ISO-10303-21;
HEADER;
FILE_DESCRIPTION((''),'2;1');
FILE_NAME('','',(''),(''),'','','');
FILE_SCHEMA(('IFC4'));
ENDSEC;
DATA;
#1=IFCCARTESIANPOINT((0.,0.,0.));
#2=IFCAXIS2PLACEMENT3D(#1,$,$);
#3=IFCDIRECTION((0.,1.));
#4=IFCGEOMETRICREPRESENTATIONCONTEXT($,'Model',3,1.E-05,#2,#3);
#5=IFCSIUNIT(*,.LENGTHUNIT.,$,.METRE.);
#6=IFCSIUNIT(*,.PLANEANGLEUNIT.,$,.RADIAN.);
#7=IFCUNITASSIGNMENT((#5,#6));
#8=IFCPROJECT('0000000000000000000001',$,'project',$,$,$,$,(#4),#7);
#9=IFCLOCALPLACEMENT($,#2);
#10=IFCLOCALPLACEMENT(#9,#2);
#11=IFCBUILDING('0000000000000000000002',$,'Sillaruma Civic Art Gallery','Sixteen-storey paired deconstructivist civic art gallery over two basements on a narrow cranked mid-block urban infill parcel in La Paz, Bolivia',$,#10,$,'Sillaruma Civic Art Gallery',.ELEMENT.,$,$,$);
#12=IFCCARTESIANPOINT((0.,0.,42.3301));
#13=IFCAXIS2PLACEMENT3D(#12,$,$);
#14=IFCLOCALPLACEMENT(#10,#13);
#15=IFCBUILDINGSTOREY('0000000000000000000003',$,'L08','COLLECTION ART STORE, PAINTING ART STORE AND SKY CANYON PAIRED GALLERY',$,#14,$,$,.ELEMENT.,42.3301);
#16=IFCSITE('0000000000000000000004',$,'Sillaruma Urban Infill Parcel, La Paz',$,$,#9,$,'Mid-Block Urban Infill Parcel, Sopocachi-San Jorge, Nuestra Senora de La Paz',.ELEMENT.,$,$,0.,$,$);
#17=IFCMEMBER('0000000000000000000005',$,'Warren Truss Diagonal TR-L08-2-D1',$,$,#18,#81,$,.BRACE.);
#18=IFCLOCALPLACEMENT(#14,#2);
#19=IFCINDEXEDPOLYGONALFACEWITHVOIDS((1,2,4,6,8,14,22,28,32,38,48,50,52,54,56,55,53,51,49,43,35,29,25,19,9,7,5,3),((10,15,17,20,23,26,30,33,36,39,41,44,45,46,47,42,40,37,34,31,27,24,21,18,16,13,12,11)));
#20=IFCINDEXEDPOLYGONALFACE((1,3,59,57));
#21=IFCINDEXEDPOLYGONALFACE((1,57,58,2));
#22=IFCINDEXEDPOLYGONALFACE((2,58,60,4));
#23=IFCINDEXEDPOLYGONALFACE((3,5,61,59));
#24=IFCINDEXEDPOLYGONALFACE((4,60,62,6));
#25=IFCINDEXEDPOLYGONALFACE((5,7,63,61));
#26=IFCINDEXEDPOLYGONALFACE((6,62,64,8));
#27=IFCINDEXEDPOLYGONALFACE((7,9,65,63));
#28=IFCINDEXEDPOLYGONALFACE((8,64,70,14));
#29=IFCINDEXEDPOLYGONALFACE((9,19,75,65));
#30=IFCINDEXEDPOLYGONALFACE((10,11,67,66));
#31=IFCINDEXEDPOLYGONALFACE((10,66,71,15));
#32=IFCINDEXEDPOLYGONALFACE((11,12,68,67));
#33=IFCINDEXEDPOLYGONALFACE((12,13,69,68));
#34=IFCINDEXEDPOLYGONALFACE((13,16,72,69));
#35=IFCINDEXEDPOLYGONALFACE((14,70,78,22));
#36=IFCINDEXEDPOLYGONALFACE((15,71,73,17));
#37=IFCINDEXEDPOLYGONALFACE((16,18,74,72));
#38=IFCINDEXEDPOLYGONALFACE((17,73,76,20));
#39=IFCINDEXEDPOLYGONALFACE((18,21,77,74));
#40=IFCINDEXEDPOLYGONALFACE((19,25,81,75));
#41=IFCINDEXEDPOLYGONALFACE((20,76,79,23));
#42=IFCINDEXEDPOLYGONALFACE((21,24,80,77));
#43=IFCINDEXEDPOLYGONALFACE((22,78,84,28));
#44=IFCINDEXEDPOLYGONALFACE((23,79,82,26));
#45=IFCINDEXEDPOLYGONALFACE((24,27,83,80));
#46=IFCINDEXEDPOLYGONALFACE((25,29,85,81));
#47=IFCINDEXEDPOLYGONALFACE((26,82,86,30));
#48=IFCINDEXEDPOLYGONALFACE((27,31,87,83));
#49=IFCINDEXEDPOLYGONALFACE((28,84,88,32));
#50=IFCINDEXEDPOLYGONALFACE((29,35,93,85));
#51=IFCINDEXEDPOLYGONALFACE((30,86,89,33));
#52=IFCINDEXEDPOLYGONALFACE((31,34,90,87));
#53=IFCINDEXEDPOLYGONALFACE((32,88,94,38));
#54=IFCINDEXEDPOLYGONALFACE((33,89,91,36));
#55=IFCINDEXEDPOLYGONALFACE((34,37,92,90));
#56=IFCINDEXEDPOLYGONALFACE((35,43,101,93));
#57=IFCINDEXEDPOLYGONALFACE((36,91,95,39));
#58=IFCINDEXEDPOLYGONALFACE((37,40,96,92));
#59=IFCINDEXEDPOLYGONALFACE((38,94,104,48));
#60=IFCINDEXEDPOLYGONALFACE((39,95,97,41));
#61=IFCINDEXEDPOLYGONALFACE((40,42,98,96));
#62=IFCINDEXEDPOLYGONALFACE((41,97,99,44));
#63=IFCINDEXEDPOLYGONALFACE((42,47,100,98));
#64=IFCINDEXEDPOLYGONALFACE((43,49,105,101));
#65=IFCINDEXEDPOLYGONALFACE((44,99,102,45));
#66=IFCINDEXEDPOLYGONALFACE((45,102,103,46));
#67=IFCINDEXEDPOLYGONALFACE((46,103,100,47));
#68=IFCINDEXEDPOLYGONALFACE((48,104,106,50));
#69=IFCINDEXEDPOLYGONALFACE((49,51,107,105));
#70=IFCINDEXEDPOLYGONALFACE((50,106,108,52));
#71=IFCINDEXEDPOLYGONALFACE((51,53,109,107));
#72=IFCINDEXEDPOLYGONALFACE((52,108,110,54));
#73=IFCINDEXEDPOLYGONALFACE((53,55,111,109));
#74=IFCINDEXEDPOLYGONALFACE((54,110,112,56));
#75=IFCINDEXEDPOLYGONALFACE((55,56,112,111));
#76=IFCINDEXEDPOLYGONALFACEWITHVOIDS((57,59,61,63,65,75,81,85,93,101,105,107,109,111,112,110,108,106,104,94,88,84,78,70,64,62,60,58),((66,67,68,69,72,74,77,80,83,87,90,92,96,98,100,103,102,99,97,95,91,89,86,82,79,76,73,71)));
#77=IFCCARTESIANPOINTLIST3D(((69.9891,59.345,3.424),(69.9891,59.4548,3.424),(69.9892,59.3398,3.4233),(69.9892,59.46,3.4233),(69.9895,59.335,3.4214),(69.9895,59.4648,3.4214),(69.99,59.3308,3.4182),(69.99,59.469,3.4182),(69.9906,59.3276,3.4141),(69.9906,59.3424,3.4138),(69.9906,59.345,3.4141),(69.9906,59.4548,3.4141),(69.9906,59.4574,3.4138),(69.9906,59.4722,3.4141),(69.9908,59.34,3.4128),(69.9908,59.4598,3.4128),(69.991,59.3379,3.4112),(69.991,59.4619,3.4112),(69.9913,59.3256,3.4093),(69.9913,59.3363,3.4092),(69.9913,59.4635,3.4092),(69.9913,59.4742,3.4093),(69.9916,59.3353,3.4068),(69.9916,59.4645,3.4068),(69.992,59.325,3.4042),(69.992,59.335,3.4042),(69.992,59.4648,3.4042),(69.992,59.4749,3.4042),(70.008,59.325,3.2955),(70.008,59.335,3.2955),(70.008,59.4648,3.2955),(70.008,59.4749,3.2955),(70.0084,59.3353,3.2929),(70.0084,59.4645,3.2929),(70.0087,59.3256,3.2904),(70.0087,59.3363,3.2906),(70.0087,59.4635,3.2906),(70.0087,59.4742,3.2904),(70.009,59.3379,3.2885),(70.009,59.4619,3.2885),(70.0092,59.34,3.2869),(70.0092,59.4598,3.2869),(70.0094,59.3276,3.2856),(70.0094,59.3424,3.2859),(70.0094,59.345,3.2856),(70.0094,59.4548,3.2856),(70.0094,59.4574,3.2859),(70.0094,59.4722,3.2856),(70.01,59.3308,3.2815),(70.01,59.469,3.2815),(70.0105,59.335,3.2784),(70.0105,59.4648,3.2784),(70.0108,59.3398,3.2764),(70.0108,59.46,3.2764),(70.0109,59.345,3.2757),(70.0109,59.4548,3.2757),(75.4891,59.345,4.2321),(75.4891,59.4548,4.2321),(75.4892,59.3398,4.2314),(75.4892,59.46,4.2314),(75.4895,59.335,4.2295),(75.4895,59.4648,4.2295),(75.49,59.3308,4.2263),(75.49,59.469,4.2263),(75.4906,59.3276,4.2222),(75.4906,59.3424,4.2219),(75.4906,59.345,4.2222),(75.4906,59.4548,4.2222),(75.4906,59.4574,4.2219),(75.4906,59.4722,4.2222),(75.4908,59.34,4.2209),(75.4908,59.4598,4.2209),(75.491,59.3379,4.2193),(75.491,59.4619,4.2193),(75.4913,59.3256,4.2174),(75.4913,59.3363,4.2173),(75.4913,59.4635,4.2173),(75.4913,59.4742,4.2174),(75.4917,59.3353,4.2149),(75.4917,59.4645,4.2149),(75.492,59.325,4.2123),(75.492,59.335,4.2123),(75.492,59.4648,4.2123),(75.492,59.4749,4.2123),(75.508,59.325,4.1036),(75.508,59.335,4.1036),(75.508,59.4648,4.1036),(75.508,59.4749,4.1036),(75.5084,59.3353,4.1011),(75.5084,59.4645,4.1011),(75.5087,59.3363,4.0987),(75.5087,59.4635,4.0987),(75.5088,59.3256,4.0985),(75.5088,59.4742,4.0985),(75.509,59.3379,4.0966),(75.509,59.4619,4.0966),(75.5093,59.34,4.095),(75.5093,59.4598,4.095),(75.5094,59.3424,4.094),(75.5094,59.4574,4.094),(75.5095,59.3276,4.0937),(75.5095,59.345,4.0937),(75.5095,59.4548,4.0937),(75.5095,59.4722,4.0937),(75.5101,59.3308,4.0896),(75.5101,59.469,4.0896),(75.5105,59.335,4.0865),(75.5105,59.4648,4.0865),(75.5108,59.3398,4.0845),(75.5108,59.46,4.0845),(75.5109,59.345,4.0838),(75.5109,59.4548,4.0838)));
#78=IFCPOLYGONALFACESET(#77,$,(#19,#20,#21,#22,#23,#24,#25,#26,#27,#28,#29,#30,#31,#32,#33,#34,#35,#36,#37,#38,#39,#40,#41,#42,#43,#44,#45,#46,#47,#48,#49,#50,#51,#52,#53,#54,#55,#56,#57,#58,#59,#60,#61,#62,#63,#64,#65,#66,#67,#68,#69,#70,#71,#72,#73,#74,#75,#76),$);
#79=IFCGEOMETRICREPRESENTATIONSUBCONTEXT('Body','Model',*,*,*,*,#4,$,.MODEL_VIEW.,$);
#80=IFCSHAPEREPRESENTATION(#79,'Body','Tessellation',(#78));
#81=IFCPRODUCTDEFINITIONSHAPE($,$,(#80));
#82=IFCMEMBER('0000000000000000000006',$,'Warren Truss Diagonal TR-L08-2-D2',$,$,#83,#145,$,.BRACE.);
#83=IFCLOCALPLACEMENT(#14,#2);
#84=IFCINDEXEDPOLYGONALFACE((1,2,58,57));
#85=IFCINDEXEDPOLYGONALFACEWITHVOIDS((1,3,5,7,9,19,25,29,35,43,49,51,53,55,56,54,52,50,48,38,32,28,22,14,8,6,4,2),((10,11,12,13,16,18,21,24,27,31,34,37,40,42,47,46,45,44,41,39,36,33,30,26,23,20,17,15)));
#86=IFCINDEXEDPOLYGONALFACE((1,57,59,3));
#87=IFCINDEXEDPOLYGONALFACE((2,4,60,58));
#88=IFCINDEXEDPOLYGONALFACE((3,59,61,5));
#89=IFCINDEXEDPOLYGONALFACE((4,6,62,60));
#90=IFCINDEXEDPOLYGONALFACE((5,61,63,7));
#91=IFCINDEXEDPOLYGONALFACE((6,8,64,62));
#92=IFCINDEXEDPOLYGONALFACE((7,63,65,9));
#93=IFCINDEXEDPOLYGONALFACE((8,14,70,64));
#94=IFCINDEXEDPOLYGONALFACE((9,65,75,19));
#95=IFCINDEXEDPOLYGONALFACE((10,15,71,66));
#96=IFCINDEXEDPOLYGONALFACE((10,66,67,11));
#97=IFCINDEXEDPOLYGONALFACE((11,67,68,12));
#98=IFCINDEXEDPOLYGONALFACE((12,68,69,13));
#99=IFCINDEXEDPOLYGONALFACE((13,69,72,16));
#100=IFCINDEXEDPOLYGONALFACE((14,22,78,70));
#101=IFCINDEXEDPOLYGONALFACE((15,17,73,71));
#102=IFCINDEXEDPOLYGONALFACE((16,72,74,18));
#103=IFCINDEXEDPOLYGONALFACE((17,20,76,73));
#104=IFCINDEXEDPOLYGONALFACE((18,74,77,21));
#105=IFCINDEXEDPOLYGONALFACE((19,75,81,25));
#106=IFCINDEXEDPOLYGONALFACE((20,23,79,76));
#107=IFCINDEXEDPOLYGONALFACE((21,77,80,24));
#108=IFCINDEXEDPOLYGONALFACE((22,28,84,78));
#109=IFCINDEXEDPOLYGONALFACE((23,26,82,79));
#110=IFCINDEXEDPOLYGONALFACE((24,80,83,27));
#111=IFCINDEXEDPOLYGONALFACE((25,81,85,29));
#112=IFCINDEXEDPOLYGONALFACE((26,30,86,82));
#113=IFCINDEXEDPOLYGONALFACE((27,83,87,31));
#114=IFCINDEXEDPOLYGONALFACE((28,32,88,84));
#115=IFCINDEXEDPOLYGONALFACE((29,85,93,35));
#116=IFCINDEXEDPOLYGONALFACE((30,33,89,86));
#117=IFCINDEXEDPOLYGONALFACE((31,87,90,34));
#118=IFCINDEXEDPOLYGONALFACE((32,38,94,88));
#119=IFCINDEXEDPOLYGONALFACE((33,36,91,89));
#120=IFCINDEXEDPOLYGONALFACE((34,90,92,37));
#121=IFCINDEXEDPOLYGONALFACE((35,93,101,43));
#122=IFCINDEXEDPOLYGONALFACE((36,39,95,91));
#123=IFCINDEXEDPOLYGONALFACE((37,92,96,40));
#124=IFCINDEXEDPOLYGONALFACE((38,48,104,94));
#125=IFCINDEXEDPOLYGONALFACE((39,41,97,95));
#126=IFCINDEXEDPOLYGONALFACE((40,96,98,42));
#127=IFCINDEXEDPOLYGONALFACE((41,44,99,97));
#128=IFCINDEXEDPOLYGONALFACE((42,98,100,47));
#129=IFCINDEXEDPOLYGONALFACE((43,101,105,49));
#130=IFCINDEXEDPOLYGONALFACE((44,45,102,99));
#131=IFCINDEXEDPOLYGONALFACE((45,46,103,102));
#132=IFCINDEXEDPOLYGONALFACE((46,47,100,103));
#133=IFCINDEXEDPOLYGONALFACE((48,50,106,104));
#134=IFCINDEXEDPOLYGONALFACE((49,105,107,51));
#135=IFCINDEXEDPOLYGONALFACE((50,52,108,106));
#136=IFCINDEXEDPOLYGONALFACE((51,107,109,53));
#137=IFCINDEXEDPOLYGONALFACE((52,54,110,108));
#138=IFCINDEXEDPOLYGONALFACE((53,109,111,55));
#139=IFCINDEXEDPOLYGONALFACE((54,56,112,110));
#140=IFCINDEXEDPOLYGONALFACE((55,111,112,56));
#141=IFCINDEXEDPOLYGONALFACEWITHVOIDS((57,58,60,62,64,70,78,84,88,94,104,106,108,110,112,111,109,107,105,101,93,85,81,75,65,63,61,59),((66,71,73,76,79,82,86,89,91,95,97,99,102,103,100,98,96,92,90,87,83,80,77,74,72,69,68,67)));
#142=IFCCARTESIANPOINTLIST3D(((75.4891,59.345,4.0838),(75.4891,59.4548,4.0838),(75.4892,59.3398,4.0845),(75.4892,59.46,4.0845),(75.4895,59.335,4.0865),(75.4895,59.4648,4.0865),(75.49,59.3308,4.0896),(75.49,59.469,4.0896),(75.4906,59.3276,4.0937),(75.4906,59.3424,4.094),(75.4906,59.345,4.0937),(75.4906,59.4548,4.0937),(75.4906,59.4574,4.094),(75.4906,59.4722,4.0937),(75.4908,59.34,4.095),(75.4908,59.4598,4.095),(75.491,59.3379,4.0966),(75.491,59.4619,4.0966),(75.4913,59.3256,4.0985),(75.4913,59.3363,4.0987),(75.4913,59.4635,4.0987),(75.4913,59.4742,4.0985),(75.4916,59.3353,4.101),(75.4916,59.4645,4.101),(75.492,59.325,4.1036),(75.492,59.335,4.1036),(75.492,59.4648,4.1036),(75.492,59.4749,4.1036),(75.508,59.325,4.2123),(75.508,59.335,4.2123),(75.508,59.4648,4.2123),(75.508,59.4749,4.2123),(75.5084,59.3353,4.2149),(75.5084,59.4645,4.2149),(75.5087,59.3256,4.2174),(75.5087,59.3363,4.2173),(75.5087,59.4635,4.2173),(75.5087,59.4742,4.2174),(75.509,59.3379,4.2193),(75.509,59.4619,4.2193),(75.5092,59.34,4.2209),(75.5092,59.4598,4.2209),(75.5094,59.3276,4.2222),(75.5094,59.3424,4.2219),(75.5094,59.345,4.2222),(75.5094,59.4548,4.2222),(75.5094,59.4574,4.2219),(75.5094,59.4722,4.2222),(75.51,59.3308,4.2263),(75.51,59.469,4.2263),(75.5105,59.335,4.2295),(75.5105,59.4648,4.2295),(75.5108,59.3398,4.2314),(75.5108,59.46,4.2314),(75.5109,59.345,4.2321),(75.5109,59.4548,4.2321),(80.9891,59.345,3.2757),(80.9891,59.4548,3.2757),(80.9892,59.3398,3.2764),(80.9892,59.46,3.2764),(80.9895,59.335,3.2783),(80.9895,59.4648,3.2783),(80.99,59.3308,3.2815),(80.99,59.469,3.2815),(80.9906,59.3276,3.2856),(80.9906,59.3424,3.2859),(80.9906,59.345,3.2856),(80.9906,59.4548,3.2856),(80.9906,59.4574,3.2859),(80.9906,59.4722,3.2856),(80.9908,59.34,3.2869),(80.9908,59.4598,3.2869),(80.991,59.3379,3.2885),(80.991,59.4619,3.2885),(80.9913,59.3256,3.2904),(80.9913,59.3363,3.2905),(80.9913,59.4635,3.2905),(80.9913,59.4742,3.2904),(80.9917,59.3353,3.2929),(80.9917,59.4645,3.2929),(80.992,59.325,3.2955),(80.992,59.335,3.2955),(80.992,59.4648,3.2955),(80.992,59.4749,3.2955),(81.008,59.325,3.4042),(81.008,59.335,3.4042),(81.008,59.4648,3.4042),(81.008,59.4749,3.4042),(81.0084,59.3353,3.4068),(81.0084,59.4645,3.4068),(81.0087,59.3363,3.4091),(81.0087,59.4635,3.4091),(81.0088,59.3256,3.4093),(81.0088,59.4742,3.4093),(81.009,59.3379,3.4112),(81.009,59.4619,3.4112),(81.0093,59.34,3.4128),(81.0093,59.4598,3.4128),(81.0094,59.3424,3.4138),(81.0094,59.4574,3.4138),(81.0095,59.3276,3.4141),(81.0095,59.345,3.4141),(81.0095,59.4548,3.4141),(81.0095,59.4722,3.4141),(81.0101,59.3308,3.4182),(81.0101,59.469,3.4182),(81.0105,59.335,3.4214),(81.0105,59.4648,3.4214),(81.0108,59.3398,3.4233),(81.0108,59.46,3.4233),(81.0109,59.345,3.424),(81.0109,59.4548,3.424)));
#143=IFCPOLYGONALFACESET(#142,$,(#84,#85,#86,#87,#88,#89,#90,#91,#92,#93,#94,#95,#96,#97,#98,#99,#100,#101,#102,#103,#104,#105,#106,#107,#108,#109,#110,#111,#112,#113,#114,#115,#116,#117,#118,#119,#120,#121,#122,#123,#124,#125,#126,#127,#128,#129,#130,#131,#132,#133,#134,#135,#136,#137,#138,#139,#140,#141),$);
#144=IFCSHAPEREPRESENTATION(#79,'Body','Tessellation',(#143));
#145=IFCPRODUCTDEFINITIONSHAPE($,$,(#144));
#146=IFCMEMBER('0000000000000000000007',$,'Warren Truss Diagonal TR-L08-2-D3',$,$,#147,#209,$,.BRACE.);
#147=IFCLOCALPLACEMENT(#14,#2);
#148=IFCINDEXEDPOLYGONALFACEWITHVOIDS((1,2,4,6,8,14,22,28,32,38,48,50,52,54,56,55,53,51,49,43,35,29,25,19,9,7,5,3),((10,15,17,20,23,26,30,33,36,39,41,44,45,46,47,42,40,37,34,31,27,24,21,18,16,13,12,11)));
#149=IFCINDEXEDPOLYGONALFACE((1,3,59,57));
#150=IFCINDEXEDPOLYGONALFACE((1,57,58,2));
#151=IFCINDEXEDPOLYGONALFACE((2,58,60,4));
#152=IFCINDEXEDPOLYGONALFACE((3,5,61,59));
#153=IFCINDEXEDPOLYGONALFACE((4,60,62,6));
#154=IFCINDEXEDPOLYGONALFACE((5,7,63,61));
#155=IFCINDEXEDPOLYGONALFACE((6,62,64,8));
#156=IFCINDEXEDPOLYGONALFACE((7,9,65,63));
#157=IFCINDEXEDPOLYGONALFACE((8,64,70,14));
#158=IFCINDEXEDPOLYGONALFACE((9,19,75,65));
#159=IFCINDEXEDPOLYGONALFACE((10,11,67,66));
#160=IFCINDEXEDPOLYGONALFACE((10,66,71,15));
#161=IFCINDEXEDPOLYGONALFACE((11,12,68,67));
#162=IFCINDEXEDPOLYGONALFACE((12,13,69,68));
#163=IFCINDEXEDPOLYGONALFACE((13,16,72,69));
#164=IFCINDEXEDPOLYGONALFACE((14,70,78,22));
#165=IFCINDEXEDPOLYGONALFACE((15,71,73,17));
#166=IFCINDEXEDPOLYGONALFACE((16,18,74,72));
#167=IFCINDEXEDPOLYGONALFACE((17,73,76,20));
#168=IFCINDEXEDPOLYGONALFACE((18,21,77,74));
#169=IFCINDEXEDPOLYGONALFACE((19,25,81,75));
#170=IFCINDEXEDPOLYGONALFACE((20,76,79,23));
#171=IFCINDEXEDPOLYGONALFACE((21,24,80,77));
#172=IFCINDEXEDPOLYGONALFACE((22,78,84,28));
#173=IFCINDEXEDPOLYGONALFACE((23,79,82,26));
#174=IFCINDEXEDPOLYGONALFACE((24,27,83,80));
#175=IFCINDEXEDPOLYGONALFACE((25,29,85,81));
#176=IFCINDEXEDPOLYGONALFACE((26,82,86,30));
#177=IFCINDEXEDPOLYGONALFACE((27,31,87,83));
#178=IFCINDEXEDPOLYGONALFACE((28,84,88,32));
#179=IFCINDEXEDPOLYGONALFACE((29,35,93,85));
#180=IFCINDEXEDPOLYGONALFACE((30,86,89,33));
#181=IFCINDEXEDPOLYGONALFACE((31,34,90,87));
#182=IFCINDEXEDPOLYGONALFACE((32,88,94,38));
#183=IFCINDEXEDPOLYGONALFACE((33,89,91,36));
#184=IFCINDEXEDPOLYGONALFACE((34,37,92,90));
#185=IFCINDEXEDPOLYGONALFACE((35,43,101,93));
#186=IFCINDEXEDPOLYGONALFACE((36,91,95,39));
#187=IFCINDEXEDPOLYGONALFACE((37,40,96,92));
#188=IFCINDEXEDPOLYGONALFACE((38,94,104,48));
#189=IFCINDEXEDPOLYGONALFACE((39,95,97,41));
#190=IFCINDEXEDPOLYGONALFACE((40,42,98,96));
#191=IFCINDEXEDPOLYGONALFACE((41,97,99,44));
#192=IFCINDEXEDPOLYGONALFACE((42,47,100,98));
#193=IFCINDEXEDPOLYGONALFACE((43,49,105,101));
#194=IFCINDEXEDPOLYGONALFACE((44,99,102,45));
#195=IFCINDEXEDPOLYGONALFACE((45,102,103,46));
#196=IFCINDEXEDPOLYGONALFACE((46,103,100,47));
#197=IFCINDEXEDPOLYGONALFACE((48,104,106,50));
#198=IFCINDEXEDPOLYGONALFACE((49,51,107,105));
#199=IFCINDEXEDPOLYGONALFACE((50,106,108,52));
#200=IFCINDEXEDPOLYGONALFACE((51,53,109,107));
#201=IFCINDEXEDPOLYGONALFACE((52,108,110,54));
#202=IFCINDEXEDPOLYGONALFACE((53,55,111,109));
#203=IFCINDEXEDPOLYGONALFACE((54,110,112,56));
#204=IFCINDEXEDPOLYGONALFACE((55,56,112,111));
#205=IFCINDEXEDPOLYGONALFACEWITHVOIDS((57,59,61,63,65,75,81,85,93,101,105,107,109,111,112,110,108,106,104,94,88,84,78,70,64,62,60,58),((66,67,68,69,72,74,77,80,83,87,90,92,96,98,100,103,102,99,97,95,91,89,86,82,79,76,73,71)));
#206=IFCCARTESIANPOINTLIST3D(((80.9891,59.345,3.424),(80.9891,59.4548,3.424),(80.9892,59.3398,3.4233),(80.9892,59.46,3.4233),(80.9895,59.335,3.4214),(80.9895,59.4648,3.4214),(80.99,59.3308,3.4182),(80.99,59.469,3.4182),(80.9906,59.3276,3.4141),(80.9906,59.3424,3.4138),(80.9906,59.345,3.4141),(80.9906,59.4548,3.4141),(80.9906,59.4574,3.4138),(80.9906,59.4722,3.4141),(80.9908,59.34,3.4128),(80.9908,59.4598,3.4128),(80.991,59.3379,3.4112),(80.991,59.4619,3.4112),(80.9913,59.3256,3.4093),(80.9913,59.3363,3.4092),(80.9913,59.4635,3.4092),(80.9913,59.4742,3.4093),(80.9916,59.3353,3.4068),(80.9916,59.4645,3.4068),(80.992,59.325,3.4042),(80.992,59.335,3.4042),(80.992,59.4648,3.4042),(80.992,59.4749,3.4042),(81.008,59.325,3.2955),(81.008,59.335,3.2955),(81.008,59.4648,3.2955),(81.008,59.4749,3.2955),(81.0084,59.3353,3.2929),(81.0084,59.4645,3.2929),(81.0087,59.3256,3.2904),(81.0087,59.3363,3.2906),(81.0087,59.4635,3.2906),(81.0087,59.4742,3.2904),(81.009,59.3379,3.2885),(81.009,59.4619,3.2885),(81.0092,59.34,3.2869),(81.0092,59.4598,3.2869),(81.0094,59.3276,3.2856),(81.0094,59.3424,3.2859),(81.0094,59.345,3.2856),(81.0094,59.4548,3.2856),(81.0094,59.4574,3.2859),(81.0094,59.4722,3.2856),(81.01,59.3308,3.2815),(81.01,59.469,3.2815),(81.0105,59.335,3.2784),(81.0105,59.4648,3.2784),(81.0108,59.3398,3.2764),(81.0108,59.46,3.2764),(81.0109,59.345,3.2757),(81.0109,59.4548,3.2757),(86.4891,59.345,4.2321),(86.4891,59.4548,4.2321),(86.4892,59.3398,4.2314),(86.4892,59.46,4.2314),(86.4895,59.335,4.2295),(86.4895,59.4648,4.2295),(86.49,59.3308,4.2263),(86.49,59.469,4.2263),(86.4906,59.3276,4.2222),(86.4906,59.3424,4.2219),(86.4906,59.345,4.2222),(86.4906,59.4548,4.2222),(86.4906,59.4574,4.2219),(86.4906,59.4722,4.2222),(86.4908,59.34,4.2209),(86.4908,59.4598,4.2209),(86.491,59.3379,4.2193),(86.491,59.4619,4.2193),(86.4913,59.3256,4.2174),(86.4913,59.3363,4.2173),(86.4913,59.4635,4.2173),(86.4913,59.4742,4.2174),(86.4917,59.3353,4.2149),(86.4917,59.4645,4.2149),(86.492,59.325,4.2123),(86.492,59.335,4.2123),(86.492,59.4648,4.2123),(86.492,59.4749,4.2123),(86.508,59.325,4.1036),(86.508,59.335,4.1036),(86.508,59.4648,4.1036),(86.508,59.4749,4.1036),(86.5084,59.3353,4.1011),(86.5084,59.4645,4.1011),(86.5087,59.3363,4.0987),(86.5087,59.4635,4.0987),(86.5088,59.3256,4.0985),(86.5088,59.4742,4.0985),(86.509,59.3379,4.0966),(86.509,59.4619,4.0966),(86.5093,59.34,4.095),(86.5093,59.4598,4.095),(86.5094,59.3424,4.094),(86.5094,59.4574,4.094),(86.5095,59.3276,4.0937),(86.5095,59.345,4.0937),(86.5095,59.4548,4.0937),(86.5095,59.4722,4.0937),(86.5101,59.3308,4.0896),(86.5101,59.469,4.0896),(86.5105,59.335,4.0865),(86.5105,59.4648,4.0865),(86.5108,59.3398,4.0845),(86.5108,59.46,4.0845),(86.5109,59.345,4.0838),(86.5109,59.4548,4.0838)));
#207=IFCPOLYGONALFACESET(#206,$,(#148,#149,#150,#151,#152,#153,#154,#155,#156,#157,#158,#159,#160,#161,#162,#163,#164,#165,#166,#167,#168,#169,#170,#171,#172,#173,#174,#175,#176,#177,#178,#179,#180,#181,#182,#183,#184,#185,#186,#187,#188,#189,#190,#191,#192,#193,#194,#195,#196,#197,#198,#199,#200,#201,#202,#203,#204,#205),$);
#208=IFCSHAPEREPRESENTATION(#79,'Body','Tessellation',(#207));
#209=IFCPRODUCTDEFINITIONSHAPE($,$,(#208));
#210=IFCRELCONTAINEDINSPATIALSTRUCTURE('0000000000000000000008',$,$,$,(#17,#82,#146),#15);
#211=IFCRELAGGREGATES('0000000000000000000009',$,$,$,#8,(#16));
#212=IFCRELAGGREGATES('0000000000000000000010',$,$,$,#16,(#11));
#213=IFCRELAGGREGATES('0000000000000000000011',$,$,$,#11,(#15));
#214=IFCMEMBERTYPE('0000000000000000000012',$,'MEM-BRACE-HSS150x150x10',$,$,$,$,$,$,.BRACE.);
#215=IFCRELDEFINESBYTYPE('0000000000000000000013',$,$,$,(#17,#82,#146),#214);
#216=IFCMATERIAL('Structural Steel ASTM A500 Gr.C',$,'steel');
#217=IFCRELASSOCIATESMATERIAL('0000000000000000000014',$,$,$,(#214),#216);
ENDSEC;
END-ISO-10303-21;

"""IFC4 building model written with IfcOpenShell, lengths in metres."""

from ifc_helpers import new_model, si_unit, direction, frame, origin, origin_2d, place, context, subcontext, project, spatial, hollow_rectangle, extrude, material, material_profile, profile_set, type_object, element, save


model = new_model("IFC4")

# Units and contexts
model_context = context("Model", 3, precision=1e-05, world=origin(), true_north=direction((0.0, 1.0)))
body_context = subcontext(model_context, "Body", "Model", "MODEL_VIEW")
ifc_project = project(units=[si_unit("LENGTHUNIT", "METRE"), si_unit("PLANEANGLEUNIT", "RADIAN")], contexts=[model_context])

# Site, building, storey
site_placement = place(None, origin())
site = spatial("IfcSite", under=ifc_project, at=site_placement, Name="Sillaruma Urban Infill Parcel, La Paz", LongName="Mid-Block Urban Infill Parcel, Sopocachi-San Jorge, Nuestra Senora de La Paz", CompositionType="ELEMENT", RefElevation=0.0)
building_placement = place(site_placement, origin())
building = spatial("IfcBuilding", under=site, at=building_placement, Name="Sillaruma Civic Art Gallery", Description="Sixteen-storey paired deconstructivist civic art gallery over two basements on a narrow cranked mid-block urban infill parcel in La Paz, Bolivia", LongName="Sillaruma Civic Art Gallery", CompositionType="ELEMENT")
storey_placement = place(building_placement, frame((0.0, 0.0, 42.3301)))
storey = spatial("IfcBuildingStorey", under=building, at=storey_placement, Name="L08", Description="COLLECTION ART STORE, PAINTING ART STORE AND SKY CANYON PAIRED GALLERY", CompositionType="ELEMENT", Elevation=42.3301)

# Members
ifc_material_1 = material(Name="Structural Steel ASTM A500 Gr.C", Category="steel")
ifc_material_profile_1 = material_profile(ifc_material_1, hollow_rectangle(XDim=0.1499, YDim=0.1499, WallThickness=0.01, InnerFilletRadius=0.01, OuterFilletRadius=0.02, at=origin_2d()), Name="HSS150x150x10")
ifc_profile_set_1 = profile_set([ifc_material_profile_1], Name="Structural Steel ASTM A500 Gr.C")
member_type_1 = type_object("IfcMemberType", Name="MEM-BRACE-HSS150x150x10", PredefinedType="BRACE", material=ifc_profile_set_1)
for number, where, z_axis, x_axis, name in (
    (1, (70.0, 59.3999, 3.3499), (0.989378, 0.0, 0.145368), (0.0, 1.0, 0.0), "Warren Truss Diagonal TR-L08-2-D1"),
    (2, (75.5, 59.3999, 4.158), (0.989378, 0.0, -0.145368), (0.0, 1.0, 0.0), "Warren Truss Diagonal TR-L08-2-D2"),
    (3, (81.0, 59.3999, 3.3499), (0.989378, 0.0, 0.145368), (0.0, 1.0, 0.0), "Warren Truss Diagonal TR-L08-2-D3"),
):
    element("IfcMember", number, at=place(storey_placement, frame(where, z_axis=z_axis, x_axis=x_axis)), inside=storey, type_object=member_type_1, Name=name, PredefinedType="BRACE", context=body_context, shape_type="SweptSolid", body=[
        extrude(hollow_rectangle(XDim=0.1499, YDim=0.1499, WallThickness=0.01, InnerFilletRadius=0.01, OuterFilletRadius=0.02, at=origin_2d()), origin(), (0.0, 0.0, 1.0), 5.5591),
    ])

save(model, "model.ifc")
